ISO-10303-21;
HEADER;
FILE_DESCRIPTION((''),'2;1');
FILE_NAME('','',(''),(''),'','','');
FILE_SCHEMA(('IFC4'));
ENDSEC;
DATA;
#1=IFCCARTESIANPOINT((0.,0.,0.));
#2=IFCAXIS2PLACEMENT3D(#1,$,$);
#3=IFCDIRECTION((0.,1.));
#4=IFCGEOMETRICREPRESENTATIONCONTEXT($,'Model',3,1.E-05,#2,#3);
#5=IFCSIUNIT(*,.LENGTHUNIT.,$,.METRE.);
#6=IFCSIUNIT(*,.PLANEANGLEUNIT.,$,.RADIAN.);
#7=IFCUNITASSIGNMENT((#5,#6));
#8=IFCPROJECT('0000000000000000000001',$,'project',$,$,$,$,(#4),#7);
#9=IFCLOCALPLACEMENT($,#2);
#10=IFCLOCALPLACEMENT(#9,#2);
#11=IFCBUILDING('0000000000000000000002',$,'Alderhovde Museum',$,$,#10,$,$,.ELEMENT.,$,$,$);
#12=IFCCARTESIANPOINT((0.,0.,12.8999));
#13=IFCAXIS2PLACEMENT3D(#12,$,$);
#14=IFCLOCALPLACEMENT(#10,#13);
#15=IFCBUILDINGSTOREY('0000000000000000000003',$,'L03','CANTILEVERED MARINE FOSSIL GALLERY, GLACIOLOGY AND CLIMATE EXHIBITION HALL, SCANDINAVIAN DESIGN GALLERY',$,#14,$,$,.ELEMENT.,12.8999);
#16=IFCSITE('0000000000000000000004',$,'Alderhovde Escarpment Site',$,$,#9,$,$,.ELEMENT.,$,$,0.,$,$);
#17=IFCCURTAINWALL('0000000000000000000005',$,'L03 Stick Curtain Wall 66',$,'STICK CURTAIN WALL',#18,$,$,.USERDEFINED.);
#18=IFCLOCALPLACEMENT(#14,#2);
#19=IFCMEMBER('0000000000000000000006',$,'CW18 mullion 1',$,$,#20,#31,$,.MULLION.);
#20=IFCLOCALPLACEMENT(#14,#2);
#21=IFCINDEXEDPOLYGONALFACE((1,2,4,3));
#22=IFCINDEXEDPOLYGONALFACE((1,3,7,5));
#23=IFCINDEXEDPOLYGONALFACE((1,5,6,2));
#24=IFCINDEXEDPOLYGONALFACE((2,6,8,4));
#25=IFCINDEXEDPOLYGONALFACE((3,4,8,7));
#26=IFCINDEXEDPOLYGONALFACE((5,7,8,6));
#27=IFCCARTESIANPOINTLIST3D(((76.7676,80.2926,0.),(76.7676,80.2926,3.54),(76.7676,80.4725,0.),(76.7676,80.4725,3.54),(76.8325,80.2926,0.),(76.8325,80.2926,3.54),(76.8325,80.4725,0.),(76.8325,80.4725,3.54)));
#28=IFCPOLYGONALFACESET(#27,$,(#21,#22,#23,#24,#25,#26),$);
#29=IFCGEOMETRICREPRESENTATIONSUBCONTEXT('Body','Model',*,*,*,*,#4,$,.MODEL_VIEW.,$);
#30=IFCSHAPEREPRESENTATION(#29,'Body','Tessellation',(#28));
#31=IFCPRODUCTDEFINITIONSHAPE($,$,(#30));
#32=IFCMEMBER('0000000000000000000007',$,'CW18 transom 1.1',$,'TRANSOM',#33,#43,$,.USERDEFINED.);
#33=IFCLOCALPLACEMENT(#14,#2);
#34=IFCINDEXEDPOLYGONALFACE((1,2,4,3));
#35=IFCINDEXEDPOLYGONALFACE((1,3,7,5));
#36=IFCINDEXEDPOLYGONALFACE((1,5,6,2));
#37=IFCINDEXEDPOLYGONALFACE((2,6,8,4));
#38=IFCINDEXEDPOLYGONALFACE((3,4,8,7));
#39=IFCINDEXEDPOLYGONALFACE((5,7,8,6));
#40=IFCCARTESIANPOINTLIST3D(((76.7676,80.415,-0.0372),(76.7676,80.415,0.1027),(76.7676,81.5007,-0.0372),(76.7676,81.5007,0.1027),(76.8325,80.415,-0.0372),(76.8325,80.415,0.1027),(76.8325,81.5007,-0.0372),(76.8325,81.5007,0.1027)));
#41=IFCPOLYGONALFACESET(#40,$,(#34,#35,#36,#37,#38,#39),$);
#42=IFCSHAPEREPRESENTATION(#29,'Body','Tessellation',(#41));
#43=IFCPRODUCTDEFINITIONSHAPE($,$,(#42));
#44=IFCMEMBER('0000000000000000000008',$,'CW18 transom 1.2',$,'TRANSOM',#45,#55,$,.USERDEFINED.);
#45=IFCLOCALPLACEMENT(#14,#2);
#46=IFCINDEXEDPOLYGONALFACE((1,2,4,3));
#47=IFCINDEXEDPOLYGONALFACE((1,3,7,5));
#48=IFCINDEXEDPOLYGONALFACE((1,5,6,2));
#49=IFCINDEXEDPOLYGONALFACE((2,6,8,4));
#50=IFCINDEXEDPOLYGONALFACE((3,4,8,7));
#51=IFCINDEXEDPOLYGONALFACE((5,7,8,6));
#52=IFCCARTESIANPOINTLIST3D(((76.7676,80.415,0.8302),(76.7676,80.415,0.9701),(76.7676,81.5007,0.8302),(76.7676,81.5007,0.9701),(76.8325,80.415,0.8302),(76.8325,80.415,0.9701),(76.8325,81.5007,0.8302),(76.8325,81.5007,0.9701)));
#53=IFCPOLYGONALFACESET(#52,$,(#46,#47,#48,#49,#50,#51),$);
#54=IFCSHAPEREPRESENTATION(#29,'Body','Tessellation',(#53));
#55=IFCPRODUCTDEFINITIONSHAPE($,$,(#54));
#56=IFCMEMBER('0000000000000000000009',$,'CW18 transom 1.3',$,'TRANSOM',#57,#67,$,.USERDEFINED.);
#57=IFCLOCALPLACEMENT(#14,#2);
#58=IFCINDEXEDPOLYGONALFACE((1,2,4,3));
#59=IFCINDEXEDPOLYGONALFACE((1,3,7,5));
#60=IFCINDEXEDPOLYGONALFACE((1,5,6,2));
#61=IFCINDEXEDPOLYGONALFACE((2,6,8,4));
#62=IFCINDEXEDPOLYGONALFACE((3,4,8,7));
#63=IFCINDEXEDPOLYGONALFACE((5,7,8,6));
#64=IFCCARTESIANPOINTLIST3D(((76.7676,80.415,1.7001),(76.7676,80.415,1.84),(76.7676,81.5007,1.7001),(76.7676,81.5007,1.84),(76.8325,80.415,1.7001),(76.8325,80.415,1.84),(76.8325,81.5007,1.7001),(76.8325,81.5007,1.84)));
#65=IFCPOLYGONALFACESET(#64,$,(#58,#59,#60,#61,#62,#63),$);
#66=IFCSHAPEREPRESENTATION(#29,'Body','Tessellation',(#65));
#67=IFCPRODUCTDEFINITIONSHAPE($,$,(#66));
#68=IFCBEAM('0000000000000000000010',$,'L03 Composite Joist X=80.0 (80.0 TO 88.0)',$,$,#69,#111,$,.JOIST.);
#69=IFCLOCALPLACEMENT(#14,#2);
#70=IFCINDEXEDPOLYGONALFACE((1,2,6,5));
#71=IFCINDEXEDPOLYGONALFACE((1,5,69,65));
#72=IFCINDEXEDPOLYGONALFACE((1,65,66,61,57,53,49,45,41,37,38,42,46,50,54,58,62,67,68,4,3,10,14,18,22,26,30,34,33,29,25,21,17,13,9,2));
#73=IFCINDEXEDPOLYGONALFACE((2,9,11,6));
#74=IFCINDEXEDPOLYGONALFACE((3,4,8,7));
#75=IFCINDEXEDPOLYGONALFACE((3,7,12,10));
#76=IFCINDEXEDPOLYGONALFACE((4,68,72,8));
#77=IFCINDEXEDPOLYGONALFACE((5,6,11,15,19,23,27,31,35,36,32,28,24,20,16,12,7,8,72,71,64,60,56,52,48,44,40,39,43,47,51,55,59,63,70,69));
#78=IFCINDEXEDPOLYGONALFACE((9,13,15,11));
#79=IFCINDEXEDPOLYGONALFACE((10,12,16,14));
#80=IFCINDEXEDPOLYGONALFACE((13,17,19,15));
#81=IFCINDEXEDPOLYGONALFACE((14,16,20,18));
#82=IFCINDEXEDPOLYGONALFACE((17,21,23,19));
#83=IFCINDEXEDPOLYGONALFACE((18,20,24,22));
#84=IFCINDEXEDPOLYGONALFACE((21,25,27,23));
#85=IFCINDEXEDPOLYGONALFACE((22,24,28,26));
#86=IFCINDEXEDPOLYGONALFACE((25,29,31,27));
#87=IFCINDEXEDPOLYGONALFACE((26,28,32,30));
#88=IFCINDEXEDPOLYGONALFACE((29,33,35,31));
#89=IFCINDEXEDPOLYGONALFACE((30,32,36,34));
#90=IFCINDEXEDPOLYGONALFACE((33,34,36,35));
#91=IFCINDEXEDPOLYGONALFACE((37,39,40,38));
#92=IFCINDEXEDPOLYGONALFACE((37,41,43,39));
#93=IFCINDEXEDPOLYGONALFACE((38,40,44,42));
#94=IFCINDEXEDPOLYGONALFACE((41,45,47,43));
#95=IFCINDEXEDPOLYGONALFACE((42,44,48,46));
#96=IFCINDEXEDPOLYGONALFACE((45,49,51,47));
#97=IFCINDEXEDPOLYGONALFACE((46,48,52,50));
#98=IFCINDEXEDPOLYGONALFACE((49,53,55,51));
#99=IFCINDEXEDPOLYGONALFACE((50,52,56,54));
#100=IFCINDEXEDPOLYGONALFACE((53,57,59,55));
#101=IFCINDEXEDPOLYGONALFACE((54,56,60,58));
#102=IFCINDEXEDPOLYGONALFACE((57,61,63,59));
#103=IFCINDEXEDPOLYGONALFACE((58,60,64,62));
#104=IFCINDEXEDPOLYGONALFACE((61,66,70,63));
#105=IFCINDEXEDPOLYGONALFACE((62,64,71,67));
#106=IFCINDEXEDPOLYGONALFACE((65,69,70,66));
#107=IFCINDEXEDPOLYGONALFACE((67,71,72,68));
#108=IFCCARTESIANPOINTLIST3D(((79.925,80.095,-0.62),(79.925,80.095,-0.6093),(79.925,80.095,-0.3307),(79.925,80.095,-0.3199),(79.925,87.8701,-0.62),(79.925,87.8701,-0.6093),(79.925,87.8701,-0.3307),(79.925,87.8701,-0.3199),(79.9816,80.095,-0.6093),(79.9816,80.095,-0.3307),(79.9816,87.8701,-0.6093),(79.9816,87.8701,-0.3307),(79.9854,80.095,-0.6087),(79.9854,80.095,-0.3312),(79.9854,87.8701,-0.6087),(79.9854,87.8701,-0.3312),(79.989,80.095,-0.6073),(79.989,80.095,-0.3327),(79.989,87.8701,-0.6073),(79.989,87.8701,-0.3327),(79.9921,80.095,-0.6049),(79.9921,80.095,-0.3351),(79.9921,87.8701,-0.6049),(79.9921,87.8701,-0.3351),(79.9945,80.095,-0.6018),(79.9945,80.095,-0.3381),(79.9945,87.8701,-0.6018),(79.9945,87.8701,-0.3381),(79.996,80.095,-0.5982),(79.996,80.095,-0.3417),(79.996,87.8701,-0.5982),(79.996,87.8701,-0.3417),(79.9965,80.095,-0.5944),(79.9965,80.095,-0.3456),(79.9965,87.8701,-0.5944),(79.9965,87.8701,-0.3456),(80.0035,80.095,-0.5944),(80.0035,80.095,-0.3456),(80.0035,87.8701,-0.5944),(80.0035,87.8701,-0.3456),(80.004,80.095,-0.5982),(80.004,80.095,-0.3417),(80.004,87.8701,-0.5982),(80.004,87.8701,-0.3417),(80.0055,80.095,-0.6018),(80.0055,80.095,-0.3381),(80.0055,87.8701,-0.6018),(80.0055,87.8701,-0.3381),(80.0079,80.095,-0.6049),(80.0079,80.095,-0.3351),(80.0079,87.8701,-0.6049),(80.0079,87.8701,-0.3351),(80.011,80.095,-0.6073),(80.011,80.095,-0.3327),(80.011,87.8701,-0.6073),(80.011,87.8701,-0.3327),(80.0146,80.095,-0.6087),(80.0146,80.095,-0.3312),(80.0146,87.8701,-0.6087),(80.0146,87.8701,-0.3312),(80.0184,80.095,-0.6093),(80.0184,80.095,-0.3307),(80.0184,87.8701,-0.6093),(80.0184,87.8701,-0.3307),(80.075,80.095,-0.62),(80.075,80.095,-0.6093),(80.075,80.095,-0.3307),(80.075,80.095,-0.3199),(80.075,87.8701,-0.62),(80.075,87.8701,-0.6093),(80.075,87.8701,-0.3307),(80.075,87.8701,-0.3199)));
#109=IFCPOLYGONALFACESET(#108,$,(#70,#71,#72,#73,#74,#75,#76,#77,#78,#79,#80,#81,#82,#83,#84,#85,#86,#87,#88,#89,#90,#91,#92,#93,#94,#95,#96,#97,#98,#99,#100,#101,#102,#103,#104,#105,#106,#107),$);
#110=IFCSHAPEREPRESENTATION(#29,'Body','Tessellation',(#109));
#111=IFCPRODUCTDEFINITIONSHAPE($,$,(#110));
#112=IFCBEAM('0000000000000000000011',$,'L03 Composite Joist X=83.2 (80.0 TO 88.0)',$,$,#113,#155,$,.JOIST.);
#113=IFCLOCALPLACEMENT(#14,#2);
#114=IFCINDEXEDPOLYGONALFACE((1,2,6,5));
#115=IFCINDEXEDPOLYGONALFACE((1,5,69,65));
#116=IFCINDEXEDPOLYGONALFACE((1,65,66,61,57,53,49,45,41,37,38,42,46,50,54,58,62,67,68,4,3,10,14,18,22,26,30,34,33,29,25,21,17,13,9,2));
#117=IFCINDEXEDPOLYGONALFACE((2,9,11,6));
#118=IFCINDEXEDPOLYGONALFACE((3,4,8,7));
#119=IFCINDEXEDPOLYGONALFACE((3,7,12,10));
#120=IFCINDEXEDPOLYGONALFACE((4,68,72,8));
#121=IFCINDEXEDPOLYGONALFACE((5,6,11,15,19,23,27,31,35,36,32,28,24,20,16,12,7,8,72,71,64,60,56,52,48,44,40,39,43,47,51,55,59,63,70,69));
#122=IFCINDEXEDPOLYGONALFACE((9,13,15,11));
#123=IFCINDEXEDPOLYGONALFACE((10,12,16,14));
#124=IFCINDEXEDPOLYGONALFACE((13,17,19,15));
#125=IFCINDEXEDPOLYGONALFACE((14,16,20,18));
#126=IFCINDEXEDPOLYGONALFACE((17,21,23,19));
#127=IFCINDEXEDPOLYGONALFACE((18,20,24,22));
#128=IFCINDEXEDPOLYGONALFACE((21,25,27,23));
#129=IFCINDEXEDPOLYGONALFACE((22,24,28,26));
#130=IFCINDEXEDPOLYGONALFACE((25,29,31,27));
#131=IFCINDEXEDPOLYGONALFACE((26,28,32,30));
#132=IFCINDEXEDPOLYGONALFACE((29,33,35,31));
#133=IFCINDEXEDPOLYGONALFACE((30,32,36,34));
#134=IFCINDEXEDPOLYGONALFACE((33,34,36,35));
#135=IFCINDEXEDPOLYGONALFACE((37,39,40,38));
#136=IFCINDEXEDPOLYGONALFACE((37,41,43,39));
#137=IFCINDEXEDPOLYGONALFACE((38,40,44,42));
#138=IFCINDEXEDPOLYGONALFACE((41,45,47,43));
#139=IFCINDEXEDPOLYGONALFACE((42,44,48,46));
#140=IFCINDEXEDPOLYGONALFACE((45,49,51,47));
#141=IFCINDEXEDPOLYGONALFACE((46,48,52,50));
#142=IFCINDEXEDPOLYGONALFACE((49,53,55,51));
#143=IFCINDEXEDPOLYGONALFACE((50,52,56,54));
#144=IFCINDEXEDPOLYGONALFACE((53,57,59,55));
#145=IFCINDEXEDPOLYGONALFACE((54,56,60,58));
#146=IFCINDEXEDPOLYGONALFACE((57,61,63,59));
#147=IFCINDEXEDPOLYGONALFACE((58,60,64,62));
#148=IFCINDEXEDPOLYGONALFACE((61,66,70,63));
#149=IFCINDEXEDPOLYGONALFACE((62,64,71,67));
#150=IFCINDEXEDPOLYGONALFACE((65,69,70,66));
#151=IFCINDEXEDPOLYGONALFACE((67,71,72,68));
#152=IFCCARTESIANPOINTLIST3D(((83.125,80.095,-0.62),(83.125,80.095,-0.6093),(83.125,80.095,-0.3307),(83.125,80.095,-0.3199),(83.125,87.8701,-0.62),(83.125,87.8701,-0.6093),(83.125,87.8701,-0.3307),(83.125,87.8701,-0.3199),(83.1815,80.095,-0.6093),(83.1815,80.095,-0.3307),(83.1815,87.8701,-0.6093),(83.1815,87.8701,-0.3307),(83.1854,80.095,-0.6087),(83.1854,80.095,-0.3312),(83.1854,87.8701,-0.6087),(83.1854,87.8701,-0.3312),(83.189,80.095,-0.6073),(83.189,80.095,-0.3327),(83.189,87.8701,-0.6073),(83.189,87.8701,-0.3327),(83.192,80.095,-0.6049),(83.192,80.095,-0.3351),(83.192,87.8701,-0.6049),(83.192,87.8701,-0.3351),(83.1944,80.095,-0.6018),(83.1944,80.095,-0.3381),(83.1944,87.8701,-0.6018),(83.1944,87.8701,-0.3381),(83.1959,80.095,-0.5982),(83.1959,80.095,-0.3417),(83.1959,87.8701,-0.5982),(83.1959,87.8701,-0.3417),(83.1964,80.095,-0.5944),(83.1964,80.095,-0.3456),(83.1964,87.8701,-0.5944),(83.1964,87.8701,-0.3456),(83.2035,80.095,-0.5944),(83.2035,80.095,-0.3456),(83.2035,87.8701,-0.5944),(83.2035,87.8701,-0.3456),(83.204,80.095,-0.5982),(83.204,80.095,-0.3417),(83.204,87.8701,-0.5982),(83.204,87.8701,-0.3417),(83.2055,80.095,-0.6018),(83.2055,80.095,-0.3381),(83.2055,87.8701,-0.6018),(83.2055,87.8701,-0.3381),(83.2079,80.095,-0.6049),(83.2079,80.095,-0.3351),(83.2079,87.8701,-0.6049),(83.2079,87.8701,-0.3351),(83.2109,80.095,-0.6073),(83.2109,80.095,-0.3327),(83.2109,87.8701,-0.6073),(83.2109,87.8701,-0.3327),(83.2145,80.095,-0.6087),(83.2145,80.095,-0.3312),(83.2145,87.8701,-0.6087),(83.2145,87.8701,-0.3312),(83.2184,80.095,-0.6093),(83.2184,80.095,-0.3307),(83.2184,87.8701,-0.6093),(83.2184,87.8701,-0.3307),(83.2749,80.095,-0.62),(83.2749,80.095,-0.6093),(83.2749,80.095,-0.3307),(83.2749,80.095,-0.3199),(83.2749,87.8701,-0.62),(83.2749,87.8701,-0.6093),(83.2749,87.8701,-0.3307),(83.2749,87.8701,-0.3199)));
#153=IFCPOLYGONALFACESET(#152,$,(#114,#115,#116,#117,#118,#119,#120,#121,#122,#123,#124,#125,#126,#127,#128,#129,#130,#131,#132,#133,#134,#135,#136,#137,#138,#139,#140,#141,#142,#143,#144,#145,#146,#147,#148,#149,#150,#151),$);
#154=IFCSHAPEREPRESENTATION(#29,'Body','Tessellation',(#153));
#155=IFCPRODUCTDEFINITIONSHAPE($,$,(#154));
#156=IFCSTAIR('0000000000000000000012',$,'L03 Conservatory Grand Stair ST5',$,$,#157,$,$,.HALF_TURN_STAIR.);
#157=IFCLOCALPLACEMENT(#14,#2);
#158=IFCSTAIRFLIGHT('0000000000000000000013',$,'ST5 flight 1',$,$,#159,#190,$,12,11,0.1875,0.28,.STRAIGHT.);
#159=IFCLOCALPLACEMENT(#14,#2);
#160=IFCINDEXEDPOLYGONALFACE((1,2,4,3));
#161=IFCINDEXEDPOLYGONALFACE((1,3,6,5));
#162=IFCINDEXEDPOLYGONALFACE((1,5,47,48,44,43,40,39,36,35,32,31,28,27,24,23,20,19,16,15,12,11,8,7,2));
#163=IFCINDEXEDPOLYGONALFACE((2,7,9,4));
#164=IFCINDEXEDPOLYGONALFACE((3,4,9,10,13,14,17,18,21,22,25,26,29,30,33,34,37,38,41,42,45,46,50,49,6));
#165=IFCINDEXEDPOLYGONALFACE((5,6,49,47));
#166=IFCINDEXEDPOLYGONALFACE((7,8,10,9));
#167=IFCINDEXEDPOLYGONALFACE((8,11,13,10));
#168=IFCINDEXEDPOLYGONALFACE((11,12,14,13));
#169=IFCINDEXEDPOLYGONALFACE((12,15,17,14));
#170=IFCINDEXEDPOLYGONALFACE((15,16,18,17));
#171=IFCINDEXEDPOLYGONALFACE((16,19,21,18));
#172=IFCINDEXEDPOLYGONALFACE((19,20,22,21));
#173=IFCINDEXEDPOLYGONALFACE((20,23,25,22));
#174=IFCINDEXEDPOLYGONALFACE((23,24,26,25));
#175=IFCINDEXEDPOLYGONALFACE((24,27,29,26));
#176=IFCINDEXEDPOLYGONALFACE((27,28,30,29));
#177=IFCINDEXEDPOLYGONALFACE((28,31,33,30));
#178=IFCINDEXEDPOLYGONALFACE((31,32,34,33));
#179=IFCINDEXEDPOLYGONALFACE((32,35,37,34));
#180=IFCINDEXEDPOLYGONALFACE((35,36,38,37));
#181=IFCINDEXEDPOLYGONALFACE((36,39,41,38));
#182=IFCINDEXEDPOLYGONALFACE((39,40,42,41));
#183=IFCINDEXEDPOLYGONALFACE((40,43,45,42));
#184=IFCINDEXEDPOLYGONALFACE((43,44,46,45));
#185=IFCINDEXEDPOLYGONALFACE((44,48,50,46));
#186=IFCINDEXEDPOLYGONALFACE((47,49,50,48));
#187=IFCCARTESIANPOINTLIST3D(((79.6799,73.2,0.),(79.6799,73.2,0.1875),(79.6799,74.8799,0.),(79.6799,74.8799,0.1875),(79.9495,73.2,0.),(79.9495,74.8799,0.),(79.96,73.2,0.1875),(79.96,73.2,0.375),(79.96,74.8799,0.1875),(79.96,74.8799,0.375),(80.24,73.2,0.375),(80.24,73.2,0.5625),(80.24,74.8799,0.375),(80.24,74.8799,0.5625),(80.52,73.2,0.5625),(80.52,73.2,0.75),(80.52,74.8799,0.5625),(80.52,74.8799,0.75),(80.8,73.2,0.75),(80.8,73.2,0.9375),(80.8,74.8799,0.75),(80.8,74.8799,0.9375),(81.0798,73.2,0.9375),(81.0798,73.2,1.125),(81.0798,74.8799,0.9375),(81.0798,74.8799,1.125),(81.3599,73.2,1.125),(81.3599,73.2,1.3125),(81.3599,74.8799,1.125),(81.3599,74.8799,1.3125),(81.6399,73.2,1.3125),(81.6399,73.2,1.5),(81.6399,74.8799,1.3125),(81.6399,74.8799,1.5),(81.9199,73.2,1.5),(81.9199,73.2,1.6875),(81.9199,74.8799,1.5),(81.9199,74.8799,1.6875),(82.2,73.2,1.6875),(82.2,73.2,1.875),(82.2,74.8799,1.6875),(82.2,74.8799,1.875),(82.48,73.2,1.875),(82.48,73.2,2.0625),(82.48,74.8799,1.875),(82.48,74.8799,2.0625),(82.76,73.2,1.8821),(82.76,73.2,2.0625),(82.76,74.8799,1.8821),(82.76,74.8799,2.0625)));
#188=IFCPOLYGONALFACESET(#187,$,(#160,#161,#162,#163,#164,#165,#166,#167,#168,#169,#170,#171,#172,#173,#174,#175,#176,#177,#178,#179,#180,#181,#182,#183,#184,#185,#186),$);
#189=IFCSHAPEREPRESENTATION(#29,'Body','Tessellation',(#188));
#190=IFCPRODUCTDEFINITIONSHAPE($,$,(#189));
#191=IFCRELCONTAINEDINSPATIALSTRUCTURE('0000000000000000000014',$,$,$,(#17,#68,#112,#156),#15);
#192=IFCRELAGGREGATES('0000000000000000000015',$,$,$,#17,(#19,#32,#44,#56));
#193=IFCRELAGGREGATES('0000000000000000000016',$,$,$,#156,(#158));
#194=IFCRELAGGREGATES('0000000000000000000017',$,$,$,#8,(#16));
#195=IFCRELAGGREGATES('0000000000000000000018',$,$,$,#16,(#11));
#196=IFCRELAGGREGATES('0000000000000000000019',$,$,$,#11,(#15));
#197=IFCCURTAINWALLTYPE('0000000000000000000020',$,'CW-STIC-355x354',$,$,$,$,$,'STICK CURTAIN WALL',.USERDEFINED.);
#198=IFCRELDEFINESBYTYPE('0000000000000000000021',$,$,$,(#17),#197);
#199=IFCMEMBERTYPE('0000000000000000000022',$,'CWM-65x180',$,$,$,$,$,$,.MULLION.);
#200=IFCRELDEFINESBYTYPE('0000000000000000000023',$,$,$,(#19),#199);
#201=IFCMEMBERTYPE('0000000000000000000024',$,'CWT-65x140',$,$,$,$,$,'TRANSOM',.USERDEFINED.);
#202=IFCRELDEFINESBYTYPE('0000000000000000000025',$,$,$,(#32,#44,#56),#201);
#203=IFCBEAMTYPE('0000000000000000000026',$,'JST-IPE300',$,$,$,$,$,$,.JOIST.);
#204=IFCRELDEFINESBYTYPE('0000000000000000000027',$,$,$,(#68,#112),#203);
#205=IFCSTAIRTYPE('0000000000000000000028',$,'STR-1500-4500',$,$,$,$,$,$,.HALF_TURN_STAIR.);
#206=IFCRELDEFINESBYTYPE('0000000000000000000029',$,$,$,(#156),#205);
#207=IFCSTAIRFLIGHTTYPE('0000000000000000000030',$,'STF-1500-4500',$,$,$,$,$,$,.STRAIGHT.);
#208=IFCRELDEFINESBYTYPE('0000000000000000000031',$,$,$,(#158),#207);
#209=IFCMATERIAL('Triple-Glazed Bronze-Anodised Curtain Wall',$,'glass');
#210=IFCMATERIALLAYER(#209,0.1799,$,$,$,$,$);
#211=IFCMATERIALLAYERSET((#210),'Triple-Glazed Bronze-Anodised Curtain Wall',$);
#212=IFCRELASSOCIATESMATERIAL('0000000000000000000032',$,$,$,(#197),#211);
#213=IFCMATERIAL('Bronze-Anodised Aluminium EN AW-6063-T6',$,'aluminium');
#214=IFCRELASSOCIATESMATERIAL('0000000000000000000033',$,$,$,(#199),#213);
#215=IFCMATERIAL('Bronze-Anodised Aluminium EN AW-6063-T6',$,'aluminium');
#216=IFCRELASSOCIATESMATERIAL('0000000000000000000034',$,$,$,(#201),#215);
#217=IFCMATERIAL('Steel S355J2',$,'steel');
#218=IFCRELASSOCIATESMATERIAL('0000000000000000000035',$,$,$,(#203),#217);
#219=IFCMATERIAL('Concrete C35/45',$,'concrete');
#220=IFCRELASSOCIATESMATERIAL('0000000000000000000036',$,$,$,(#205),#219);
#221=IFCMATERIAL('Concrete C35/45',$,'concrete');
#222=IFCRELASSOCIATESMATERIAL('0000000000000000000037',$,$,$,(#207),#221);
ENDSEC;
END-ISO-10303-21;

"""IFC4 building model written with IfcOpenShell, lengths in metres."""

from ifc_helpers import new_model, si_unit, direction, frame, origin, origin_2d, place, context, subcontext, project, spatial, polyline, rectangle, i_section, outline, extrude, material, layer, layer_set, material_profile, profile_set, type_object, element, aggregate, save


model = new_model("IFC4")

# Units and contexts
model_context = context("Model", 3, precision=1e-05, world=origin(), true_north=direction((0.0, 1.0)))
body_context = subcontext(model_context, "Body", "Model", "MODEL_VIEW")
ifc_project = project(units=[si_unit("LENGTHUNIT", "METRE"), si_unit("PLANEANGLEUNIT", "RADIAN")], contexts=[model_context])

# Site, building, storey
site_placement = place(None, origin())
site = spatial("IfcSite", under=ifc_project, at=site_placement, Name="Alderhovde Escarpment Site", CompositionType="ELEMENT", RefElevation=0.0)
building_placement = place(site_placement, origin())
building = spatial("IfcBuilding", under=site, at=building_placement, Name="Alderhovde Museum", CompositionType="ELEMENT")
storey_placement = place(building_placement, frame((0.0, 0.0, 12.8999)))
storey = spatial("IfcBuildingStorey", under=building, at=storey_placement, Name="L03", Description="CANTILEVERED MARINE FOSSIL GALLERY, GLACIOLOGY AND CLIMATE EXHIBITION HALL, SCANDINAVIAN DESIGN GALLERY", CompositionType="ELEMENT", Elevation=12.8999)

# Curtain wall, members
ifc_material_1 = material(Name="Triple-Glazed Bronze-Anodised Curtain Wall", Category="glass")
ifc_layer = layer(ifc_material_1, 0.1799)
ifc_layer_set = layer_set([ifc_layer], Name="Triple-Glazed Bronze-Anodised Curtain Wall")
curtain_wall_type = type_object("IfcCurtainWallType", Name="CW-STIC-355x354", ElementType="STICK CURTAIN WALL", PredefinedType="USERDEFINED", material=ifc_layer_set)
curtain_wall_placement = place(storey_placement, origin())
curtain_wall = element("IfcCurtainWall", 1, at=curtain_wall_placement, inside=storey, type_object=curtain_wall_type, Name="L03 Stick Curtain Wall 66", ObjectType="STICK CURTAIN WALL", PredefinedType="USERDEFINED")
ifc_material_2 = material(Name="Bronze-Anodised Aluminium EN AW-6063-T6", Category="aluminium")
ifc_material_profile_1 = material_profile(ifc_material_2, rectangle(XDim=0.0649, YDim=0.1799, at=origin_2d()), Name="MULLION 65x180")
ifc_profile_set_1 = profile_set([ifc_material_profile_1], Name="Bronze-Anodised Aluminium EN AW-6063-T6")
member_type_1 = type_object("IfcMemberType", Name="CWM-65x180", PredefinedType="MULLION", material=ifc_profile_set_1)
member_1_placement = place(storey_placement, frame((76.8, 80.3826, 0.0), z_axis=(0.0, 0.0, 1.0), x_axis=(-1.0, 0.0, 0.0)))
member_1 = element("IfcMember", 2, at=member_1_placement, type_object=member_type_1, Name="CW18 mullion 1", PredefinedType="MULLION", context=body_context, shape_type="SweptSolid", body=[
    extrude(rectangle(XDim=0.0649, YDim=0.1799, at=origin_2d()), origin(), (0.0, 0.0, 1.0), 3.54),
])
ifc_material_3 = material(Name="Bronze-Anodised Aluminium EN AW-6063-T6", Category="aluminium")
ifc_material_profile_2 = material_profile(ifc_material_3, rectangle(XDim=0.0649, YDim=0.1399, at=origin_2d()), Name="TRANSOM 65x140")
ifc_profile_set_2 = profile_set([ifc_material_profile_2], Name="Bronze-Anodised Aluminium EN AW-6063-T6")
member_type_2 = type_object("IfcMemberType", Name="CWT-65x140", ElementType="TRANSOM", PredefinedType="USERDEFINED", material=ifc_profile_set_2)
member_2_placement = place(storey_placement, frame((76.8, 80.415, 0.0327), z_axis=(0.0, 1.0, 0.0), x_axis=(-1.0, 0.0, 0.0)))
member_2 = element("IfcMember", 3, at=member_2_placement, type_object=member_type_2, Name="CW18 transom 1.1", ObjectType="TRANSOM", PredefinedType="USERDEFINED", context=body_context, shape_type="SweptSolid", body=[
    extrude(rectangle(XDim=0.0649, YDim=0.1399, at=origin_2d()), origin(), (0.0, 0.0, 1.0), 1.0857),
])
member_3_placement = place(storey_placement, frame((76.8, 80.415, 0.9001), z_axis=(0.0, 1.0, 0.0), x_axis=(-1.0, 0.0, 0.0)))
member_3 = element("IfcMember", 4, at=member_3_placement, type_object=member_type_2, Name="CW18 transom 1.2", ObjectType="TRANSOM", PredefinedType="USERDEFINED", context=body_context, shape_type="SweptSolid", body=[
    extrude(rectangle(XDim=0.0649, YDim=0.1399, at=origin_2d()), origin(), (0.0, 0.0, 1.0), 1.0857),
])
member_4_placement = place(storey_placement, frame((76.8, 80.415, 1.77), z_axis=(0.0, 1.0, 0.0), x_axis=(-1.0, 0.0, 0.0)))
member_4 = element("IfcMember", 5, at=member_4_placement, type_object=member_type_2, Name="CW18 transom 1.3", ObjectType="TRANSOM", PredefinedType="USERDEFINED", context=body_context, shape_type="SweptSolid", body=[
    extrude(rectangle(XDim=0.0649, YDim=0.1399, at=origin_2d()), origin(), (0.0, 0.0, 1.0), 1.0857),
])
aggregate(curtain_wall, [member_1, member_2, member_3, member_4])

# Beams
ifc_material_4 = material(Name="Steel S355J2", Category="steel")
ifc_material_profile_3 = material_profile(ifc_material_4, i_section(OverallWidth=0.1499, OverallDepth=0.3, WebThickness=0.0071, FlangeThickness=0.0107, FilletRadius=0.0149, at=origin_2d()), Name="IPE 300")
ifc_profile_set_3 = profile_set([ifc_material_profile_3], Name="Steel S355J2")
beam_type_1 = type_object("IfcBeamType", Name="JST-IPE300", PredefinedType="JOIST", material=ifc_profile_set_3)
for number, where, z_axis, x_axis, name in (
    (6, (80.0, 80.095, -0.47), (0.0, 1.0, 0.0), (-1.0, 0.0, 0.0), "L03 Composite Joist X=80.0 (80.0 TO 88.0)"),
    (7, (83.2, 80.095, -0.47), (0.0, 1.0, 0.0), (-1.0, 0.0, 0.0), "L03 Composite Joist X=83.2 (80.0 TO 88.0)"),
):
    element("IfcBeam", number, at=place(storey_placement, frame(where, z_axis=z_axis, x_axis=x_axis)), inside=storey, type_object=beam_type_1, Name=name, PredefinedType="JOIST", context=body_context, shape_type="SweptSolid", body=[
        extrude(i_section(OverallWidth=0.1499, OverallDepth=0.3, WebThickness=0.0071, FlangeThickness=0.0107, FilletRadius=0.0149, at=origin_2d()), origin(), (0.0, 0.0, 1.0), 7.7751),
    ])

# Stair, stair flight
ifc_material_5 = material(Name="Concrete C35/45", Category="concrete")
stair_type = type_object("IfcStairType", Name="STR-1500-4500", PredefinedType="HALF_TURN_STAIR", material=ifc_material_5)
stair_placement = place(storey_placement, origin())
stair = element("IfcStair", 8, at=stair_placement, inside=storey, type_object=stair_type, Name="L03 Conservatory Grand Stair ST5", PredefinedType="HALF_TURN_STAIR")
ifc_material_6 = material(Name="Concrete C35/45", Category="concrete")
stair_flight_type = type_object("IfcStairFlightType", Name="STF-1500-4500", PredefinedType="STRAIGHT", material=ifc_material_6)
stair_flight_1_placement = place(storey_placement, frame((79.6799, 74.04, 0.0), z_axis=(0.0, 0.0, 1.0), x_axis=(1.0, 0.0, 0.0)))
stair_flight_1 = element("IfcStairFlight", 9, at=stair_flight_1_placement, type_object=stair_flight_type, Name="ST5 flight 1", NumberOfRisers=12, NumberOfTreads=11, PredefinedType="STRAIGHT", RiserHeight=0.1875, TreadLength=0.28, context=body_context, shape_type="SweptSolid", body=[
    extrude(outline(polyline([(0.0, 0.0), (0.0, 0.1875), (0.28, 0.1875), (0.28, 0.375), (0.5601, 0.375), (0.5601, 0.5625), (0.8401, 0.5625), (0.8401, 0.75), (1.1201, 0.75), (1.1201, 0.9375), (1.3999, 0.9375), (1.3999, 1.125), (1.6799, 1.125), (1.6799, 1.3125), (1.96, 1.3125), (1.96, 1.5), (2.24, 1.5), (2.24, 1.6875), (2.52, 1.6875), (2.52, 1.875), (2.8, 1.875), (2.8, 2.0625), (3.0801, 2.0625), (3.0801, 2.25), (3.0801, 1.8821), (0.2695, 0.0), (0.0, 0.0)])), frame((0.0, 0.8398, 0.0), z_axis=(0.0, -1.0, 0.0), x_axis=(1.0, 0.0, 0.0)), (0.0, 0.0, 1.0), 1.6799),
])
aggregate(stair, [stair_flight_1])

save(model, "model.ifc")
